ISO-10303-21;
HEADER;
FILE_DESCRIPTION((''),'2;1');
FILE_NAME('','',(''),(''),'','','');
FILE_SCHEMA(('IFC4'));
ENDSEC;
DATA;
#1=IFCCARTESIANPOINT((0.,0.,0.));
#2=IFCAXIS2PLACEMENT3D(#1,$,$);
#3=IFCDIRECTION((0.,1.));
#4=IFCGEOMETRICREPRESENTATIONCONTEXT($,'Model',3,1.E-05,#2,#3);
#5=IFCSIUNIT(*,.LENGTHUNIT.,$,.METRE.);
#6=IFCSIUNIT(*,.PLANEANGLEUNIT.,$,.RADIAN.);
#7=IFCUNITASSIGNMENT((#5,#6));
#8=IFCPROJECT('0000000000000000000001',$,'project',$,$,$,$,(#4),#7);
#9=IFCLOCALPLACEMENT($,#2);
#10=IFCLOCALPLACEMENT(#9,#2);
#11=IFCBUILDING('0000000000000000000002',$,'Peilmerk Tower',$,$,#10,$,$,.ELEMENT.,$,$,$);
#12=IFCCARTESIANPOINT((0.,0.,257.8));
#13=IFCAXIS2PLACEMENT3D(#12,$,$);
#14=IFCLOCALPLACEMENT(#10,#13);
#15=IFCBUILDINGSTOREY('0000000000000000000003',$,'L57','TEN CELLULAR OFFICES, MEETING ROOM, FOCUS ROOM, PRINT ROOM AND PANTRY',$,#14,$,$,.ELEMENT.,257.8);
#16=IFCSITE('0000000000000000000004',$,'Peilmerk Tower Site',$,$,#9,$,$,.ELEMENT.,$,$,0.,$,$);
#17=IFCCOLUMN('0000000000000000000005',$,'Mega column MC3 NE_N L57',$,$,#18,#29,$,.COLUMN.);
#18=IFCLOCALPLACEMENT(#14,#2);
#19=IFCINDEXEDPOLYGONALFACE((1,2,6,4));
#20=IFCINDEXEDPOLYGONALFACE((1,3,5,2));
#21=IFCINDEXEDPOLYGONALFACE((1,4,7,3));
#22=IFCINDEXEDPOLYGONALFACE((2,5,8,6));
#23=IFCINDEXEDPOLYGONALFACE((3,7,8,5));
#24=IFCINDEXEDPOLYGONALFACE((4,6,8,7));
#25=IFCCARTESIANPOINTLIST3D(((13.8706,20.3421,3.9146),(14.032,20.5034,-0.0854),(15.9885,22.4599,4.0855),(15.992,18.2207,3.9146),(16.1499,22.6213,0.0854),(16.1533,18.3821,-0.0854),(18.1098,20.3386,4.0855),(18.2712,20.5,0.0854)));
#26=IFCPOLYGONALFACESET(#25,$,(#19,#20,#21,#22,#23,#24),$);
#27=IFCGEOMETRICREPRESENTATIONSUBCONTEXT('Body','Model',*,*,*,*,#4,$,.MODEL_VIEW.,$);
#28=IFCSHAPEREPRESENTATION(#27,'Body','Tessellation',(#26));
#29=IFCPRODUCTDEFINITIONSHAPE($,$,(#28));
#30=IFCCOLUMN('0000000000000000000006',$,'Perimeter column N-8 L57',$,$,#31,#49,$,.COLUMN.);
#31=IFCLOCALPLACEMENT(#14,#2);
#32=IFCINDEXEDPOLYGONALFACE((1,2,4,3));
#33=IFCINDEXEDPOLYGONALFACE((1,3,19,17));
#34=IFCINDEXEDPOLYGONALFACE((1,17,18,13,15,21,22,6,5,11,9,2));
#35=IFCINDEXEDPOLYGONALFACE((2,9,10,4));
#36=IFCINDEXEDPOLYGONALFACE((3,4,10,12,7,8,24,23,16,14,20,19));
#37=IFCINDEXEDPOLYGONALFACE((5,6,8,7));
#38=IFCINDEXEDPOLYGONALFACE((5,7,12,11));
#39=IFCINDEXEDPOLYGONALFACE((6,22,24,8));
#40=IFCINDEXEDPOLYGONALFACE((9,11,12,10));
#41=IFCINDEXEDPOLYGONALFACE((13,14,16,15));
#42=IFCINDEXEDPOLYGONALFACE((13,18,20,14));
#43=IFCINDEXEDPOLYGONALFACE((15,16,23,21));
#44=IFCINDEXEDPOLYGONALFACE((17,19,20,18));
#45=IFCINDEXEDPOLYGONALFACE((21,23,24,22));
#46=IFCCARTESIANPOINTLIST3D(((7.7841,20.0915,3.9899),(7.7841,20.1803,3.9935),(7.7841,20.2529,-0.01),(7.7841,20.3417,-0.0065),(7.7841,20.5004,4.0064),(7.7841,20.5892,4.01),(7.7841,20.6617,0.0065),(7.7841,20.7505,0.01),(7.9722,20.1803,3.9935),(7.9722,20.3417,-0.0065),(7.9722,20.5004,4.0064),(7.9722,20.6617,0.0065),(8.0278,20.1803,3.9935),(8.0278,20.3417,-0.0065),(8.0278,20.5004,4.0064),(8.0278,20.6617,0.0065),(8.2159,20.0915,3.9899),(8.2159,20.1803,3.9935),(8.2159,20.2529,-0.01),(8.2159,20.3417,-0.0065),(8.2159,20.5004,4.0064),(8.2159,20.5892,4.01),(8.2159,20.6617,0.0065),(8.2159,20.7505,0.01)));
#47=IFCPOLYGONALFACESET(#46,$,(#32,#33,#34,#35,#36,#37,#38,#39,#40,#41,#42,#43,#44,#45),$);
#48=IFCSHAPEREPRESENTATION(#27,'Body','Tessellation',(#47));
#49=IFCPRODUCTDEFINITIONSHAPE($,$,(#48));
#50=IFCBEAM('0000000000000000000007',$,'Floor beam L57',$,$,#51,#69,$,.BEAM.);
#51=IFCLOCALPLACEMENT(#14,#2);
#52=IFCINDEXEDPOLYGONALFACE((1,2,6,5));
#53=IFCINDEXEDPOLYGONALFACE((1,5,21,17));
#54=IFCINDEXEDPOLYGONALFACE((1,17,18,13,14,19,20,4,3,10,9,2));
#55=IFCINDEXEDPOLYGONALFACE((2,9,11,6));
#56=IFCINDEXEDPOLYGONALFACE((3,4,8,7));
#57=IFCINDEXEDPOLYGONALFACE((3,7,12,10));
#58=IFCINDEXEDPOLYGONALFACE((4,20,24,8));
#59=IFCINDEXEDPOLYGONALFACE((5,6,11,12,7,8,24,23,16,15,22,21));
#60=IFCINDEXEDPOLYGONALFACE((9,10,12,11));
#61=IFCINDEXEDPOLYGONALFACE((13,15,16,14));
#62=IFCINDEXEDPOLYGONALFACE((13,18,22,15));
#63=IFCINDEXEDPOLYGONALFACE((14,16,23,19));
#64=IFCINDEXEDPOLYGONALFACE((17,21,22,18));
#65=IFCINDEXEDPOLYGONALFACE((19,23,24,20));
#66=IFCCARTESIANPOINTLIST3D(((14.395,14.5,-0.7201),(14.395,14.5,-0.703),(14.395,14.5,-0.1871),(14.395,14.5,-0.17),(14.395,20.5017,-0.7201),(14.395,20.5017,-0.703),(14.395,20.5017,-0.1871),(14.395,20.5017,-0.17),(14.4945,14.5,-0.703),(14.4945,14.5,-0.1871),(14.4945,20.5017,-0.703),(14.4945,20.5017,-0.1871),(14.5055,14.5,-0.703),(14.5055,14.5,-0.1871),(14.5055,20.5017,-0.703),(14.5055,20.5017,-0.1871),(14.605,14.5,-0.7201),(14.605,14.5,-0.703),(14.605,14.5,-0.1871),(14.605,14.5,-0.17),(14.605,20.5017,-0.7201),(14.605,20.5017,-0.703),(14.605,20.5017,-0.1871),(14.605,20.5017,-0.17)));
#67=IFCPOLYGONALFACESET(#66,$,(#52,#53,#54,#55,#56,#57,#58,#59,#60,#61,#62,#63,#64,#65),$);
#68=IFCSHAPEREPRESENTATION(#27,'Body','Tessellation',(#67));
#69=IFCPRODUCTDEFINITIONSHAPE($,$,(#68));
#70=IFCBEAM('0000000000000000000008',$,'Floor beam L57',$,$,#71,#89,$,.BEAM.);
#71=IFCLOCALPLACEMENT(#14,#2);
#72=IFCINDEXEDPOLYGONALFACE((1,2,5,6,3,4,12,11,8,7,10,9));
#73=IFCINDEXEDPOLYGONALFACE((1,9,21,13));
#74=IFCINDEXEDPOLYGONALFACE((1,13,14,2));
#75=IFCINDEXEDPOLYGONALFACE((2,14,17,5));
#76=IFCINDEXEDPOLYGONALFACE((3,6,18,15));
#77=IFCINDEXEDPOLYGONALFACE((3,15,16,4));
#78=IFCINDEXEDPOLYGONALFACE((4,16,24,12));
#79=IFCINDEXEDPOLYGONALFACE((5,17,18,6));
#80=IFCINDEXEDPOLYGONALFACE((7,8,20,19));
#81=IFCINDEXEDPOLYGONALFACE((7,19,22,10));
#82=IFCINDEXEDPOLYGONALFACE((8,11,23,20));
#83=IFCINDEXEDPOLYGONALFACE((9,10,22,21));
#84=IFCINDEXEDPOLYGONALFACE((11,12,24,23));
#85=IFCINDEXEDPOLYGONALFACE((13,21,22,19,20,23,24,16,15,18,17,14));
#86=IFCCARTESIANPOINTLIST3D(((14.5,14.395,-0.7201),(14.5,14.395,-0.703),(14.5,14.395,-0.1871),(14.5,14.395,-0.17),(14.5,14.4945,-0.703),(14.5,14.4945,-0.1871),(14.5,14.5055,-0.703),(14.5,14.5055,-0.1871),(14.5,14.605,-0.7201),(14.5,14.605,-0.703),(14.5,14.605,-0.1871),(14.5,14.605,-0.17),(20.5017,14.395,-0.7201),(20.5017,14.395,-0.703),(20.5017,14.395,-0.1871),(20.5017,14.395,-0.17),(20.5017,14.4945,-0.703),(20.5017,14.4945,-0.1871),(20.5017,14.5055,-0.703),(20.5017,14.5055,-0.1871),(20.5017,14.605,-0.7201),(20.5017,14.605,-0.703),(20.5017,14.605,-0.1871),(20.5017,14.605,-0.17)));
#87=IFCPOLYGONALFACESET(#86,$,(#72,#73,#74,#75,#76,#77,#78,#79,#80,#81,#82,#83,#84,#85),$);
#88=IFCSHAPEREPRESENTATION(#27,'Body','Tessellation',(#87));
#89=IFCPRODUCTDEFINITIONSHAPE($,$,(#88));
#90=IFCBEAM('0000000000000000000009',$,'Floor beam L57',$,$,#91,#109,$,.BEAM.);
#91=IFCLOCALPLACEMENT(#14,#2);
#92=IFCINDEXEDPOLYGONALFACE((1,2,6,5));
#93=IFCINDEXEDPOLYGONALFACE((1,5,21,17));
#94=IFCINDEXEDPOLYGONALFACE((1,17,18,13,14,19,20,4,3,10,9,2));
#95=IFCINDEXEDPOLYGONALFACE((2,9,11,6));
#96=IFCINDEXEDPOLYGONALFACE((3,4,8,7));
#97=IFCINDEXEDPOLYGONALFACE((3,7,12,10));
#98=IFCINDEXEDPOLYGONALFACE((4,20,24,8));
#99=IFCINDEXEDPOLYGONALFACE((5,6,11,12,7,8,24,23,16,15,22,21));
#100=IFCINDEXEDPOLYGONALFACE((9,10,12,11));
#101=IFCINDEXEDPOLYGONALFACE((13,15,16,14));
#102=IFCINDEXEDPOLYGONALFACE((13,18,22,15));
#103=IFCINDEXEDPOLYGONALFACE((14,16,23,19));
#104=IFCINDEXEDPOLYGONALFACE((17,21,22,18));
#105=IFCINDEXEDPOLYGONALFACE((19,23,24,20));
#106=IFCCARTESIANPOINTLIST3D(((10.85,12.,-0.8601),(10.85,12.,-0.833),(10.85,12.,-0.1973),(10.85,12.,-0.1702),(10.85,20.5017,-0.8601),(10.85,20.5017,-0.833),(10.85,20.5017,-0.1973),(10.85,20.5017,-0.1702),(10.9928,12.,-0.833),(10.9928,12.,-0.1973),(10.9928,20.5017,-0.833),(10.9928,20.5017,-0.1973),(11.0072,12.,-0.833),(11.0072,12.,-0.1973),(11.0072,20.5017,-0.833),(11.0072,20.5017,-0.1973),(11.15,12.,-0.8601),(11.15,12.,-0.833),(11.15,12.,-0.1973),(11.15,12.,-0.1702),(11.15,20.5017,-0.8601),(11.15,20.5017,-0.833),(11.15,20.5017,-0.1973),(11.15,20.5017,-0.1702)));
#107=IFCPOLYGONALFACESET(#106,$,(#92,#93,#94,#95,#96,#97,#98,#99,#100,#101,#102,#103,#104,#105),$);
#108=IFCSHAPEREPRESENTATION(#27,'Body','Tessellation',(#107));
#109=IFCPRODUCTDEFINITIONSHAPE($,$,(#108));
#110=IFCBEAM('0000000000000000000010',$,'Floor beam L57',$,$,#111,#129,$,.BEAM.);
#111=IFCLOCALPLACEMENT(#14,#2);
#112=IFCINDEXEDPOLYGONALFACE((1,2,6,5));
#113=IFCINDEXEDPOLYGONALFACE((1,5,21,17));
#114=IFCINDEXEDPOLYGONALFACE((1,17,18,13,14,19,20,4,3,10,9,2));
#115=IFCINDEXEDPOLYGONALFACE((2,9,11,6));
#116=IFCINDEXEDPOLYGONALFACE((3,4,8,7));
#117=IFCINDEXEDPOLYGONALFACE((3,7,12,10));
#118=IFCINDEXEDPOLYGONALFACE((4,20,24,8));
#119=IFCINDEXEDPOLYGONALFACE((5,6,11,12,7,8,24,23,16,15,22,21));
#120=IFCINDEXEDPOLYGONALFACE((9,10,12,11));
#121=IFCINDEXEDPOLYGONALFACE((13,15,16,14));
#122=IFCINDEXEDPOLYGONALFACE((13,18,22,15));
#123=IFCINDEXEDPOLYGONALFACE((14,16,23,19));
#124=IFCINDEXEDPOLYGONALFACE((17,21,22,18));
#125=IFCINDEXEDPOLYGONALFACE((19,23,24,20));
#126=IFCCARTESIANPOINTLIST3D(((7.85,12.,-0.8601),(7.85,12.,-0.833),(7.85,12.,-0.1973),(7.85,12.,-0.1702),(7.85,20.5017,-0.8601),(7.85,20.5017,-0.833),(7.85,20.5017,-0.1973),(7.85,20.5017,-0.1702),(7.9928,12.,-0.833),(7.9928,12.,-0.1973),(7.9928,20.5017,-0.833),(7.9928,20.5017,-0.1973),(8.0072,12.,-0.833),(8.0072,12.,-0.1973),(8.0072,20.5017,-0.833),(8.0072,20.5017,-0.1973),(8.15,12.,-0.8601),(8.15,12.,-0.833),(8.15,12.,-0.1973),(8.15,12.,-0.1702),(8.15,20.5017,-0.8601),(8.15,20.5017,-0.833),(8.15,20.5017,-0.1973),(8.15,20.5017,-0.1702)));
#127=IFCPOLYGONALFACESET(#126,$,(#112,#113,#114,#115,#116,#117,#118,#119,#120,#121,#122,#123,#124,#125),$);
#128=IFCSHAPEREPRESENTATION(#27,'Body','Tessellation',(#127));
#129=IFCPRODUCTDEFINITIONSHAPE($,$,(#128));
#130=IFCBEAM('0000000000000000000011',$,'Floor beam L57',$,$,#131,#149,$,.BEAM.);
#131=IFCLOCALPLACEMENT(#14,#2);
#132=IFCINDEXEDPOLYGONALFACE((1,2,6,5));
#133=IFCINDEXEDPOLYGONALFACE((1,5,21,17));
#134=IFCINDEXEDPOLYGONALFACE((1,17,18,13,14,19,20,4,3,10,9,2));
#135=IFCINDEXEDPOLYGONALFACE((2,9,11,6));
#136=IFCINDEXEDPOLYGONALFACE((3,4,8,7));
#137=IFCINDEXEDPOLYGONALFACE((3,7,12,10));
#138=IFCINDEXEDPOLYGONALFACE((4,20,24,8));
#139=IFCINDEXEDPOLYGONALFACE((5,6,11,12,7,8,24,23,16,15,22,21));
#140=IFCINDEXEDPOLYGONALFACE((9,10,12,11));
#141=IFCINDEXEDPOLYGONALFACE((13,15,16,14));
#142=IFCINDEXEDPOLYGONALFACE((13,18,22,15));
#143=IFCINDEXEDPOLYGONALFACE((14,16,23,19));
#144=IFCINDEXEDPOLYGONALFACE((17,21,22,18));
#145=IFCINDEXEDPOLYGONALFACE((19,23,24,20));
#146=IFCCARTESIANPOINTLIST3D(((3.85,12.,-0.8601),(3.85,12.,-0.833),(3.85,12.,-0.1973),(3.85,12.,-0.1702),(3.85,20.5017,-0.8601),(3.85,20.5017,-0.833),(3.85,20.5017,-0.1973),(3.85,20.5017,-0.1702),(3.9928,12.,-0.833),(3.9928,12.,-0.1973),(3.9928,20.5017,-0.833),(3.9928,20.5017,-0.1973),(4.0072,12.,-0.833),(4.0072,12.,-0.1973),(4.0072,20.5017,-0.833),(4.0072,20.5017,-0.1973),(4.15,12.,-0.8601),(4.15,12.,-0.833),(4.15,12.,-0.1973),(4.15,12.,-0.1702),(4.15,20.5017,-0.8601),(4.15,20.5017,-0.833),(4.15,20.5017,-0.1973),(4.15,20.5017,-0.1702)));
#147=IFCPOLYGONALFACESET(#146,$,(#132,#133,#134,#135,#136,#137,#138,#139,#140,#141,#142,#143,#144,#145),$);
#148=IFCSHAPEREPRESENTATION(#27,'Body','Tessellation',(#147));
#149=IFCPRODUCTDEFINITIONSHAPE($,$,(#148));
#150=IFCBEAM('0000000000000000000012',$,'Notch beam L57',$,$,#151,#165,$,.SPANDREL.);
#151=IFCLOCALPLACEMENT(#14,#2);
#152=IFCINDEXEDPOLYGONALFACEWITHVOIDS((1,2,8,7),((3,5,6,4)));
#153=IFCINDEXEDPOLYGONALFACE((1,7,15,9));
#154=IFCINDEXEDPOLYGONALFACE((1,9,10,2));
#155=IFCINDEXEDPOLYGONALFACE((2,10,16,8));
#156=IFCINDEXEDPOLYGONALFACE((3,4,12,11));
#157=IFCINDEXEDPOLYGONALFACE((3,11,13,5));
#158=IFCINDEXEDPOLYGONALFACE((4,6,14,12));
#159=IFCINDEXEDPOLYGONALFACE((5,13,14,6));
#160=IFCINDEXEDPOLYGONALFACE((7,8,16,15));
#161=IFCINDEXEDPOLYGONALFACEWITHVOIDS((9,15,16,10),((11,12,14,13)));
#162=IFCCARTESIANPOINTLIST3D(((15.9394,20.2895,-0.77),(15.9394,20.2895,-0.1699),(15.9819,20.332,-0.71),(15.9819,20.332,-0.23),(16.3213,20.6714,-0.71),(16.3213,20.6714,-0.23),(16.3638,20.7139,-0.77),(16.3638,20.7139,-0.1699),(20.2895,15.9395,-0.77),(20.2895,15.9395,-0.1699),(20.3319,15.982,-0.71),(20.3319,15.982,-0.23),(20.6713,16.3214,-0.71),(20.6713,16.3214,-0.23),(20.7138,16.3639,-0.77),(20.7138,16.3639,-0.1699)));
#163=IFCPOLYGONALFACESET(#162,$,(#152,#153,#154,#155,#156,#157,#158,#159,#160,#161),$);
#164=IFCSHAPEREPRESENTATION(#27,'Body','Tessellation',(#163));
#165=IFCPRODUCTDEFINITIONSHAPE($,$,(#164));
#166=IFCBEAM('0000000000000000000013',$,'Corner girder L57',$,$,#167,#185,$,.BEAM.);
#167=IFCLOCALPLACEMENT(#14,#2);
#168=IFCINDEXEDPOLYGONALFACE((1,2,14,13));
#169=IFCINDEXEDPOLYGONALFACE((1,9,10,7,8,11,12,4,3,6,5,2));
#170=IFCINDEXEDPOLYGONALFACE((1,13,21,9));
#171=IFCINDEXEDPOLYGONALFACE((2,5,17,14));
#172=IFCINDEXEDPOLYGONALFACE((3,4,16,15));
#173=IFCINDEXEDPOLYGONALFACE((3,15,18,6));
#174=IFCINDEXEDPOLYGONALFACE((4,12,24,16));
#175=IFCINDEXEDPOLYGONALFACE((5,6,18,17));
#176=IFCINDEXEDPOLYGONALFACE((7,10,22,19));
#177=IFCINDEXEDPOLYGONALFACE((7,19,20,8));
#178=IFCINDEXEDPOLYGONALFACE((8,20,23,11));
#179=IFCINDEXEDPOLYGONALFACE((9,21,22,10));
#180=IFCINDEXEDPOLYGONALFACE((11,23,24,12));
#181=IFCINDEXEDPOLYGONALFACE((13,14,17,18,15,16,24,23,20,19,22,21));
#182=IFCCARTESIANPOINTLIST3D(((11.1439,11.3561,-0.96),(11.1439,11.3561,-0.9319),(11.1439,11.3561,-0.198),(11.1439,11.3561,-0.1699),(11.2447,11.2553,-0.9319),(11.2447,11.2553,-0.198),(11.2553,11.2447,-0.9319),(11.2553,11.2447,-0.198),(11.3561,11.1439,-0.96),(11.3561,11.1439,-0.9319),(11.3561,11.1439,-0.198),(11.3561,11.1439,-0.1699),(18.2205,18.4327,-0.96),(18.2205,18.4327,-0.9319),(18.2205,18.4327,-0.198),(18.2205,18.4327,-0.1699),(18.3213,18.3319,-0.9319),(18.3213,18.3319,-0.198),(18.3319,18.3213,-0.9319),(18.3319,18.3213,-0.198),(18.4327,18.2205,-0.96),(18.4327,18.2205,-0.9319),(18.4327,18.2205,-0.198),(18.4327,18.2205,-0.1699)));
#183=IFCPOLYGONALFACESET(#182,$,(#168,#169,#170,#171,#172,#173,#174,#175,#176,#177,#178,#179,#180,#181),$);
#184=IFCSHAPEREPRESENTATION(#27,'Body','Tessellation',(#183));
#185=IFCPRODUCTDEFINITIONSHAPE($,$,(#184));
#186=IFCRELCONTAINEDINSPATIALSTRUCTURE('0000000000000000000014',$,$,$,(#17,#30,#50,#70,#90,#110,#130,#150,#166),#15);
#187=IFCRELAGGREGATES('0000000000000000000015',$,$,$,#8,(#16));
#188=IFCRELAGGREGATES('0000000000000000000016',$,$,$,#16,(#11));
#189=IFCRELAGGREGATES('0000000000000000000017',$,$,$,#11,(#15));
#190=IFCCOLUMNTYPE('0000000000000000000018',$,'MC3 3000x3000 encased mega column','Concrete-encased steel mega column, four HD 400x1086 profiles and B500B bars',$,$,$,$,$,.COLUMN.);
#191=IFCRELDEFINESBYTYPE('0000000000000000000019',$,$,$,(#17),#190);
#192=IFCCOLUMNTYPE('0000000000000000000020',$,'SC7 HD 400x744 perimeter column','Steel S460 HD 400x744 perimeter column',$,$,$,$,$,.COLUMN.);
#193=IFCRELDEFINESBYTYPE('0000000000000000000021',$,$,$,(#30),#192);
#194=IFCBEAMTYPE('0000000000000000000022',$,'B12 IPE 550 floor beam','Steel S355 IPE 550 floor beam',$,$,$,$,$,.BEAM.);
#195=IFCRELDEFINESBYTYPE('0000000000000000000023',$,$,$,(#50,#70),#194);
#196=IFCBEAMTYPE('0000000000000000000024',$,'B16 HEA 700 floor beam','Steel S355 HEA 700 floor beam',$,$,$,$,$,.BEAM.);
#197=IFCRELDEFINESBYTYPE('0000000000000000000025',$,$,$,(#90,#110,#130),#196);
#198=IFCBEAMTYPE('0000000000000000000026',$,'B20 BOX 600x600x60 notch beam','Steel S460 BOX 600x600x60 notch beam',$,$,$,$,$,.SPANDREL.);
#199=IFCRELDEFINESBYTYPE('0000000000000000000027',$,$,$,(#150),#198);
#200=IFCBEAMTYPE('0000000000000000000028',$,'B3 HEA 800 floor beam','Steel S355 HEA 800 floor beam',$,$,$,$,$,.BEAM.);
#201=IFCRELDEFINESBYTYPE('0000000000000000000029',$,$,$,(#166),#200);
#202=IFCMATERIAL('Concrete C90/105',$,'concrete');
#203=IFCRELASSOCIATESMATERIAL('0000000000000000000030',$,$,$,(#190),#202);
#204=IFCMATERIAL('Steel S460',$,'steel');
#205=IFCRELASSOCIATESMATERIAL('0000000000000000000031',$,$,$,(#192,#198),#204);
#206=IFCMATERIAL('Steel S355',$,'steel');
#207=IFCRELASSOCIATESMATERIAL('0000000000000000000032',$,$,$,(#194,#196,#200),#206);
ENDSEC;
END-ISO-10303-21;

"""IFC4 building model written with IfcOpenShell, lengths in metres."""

from ifc_helpers import new_model, si_unit, direction, frame, origin, origin_2d, place, context, subcontext, project, spatial, rectangle, hollow_rectangle, i_section, extrude, material, material_profile, profile_set, type_object, element, save


model = new_model("IFC4")

# Units and contexts
model_context = context("Model", 3, precision=1e-05, world=origin(), true_north=direction((0.0, 1.0)))
body_context = subcontext(model_context, "Body", "Model", "MODEL_VIEW")
ifc_project = project(units=[si_unit("LENGTHUNIT", "METRE"), si_unit("PLANEANGLEUNIT", "RADIAN")], contexts=[model_context])

# Site, building, storey
site_placement = place(None, origin())
site = spatial("IfcSite", under=ifc_project, at=site_placement, Name="Peilmerk Tower Site", CompositionType="ELEMENT", RefElevation=0.0)
building_placement = place(site_placement, origin())
building = spatial("IfcBuilding", under=site, at=building_placement, Name="Peilmerk Tower", CompositionType="ELEMENT")
storey_placement = place(building_placement, frame((0.0, 0.0, 257.8)))
storey = spatial("IfcBuildingStorey", under=building, at=storey_placement, Name="L57", Description="TEN CELLULAR OFFICES, MEETING ROOM, FOCUS ROOM, PRINT ROOM AND PANTRY", CompositionType="ELEMENT", Elevation=257.8)

# Columns
ifc_material_1 = material(Name="Concrete C90/105", Category="concrete")
ifc_material_profile_1 = material_profile(ifc_material_1, rectangle(XDim=3.0, YDim=3.0, at=origin_2d()), Name="RC 3000x3000")
ifc_profile_set_1 = profile_set([ifc_material_profile_1], Name="Concrete C90/105")
column_type_1 = type_object("IfcColumnType", Name="MC3 3000x3000 encased mega column", Description="Concrete-encased steel mega column, four HD 400x1086 profiles and B500B bars", PredefinedType="COLUMN", material=ifc_profile_set_1)
column_1_placement = place(storey_placement, frame((16.1516, 20.5017, 0.0), z_axis=(-0.040279, -0.040279, 0.998376), x_axis=(0.707107, -0.707107, 0.0)))
element("IfcColumn", 1, at=column_1_placement, inside=storey, type_object=column_type_1, Name="Mega column MC3 NE_N L57", PredefinedType="COLUMN", context=body_context, shape_type="SweptSolid", body=[
    extrude(rectangle(XDim=3.0, YDim=3.0, at=origin_2d()), origin(), (0.0, 0.0, 1.0), 4.0066),
])
ifc_material_2 = material(Name="Steel S460", Category="steel")
ifc_material_profile_2 = material_profile(ifc_material_2, i_section(OverallWidth=0.4319, OverallDepth=0.498, WebThickness=0.0557, FlangeThickness=0.0889, at=origin_2d()), Name="HD 400x744")
ifc_profile_set_2 = profile_set([ifc_material_profile_2], Name="Steel S460")
column_type_2 = type_object("IfcColumnType", Name="SC7 HD 400x744 perimeter column", Description="Steel S460 HD 400x744 perimeter column", PredefinedType="COLUMN", material=ifc_profile_set_2)
column_2_placement = place(storey_placement, frame((8.0, 20.5017, 0.0), z_axis=(0.0, -0.040311, 0.999187), x_axis=(1.0, 0.0, 0.0)))
element("IfcColumn", 2, at=column_2_placement, inside=storey, type_object=column_type_2, Name="Perimeter column N-8 L57", PredefinedType="COLUMN", context=body_context, shape_type="SweptSolid", body=[
    extrude(i_section(OverallWidth=0.4319, OverallDepth=0.498, WebThickness=0.0557, FlangeThickness=0.0889, at=origin_2d()), origin(), (0.0, 0.0, 1.0), 4.0032),
])

# Beams
ifc_material_3 = material(Name="Steel S355", Category="steel")
ifc_material_profile_3 = material_profile(ifc_material_3, i_section(OverallWidth=0.21, OverallDepth=0.55, WebThickness=0.011, FlangeThickness=0.0171, at=origin_2d()), Name="IPE 550")
ifc_profile_set_3 = profile_set([ifc_material_profile_3], Name="Steel S355")
beam_type_1 = type_object("IfcBeamType", Name="B12 IPE 550 floor beam", Description="Steel S355 IPE 550 floor beam", PredefinedType="BEAM", material=ifc_profile_set_3)
for number, where, z_axis, x_axis, name in (
    (3, (14.5, 14.5, -0.4451), (0.0, 1.0, 0.0), (-1.0, 0.0, 0.0), "Floor beam L57"),
    (4, (14.5, 14.5, -0.4451), (1.0, 0.0, 0.0), (0.0, 1.0, 0.0), "Floor beam L57"),
):
    element("IfcBeam", number, at=place(storey_placement, frame(where, z_axis=z_axis, x_axis=x_axis)), inside=storey, type_object=beam_type_1, Name=name, PredefinedType="BEAM", context=body_context, shape_type="SweptSolid", body=[
        extrude(i_section(OverallWidth=0.21, OverallDepth=0.55, WebThickness=0.011, FlangeThickness=0.0171, at=origin_2d()), origin(), (0.0, 0.0, 1.0), 6.0017),
    ])
ifc_material_profile_4 = material_profile(ifc_material_3, i_section(OverallWidth=0.3, OverallDepth=0.6899, WebThickness=0.0144, FlangeThickness=0.0271, at=origin_2d()), Name="HEA 700")
ifc_profile_set_4 = profile_set([ifc_material_profile_4], Name="Steel S355")
beam_type_2 = type_object("IfcBeamType", Name="B16 HEA 700 floor beam", Description="Steel S355 HEA 700 floor beam", PredefinedType="BEAM", material=ifc_profile_set_4)
for number, where, z_axis, x_axis, name in (
    (5, (11.0, 12.0, -0.5151), (0.0, 1.0, 0.0), (-1.0, 0.0, 0.0), "Floor beam L57"),
    (6, (8.0, 12.0, -0.5151), (0.0, 1.0, 0.0), (-1.0, 0.0, 0.0), "Floor beam L57"),
    (7, (4.0, 12.0, -0.5151), (0.0, 1.0, 0.0), (-1.0, 0.0, 0.0), "Floor beam L57"),
):
    element("IfcBeam", number, at=place(storey_placement, frame(where, z_axis=z_axis, x_axis=x_axis)), inside=storey, type_object=beam_type_2, Name=name, PredefinedType="BEAM", context=body_context, shape_type="SweptSolid", body=[
        extrude(i_section(OverallWidth=0.3, OverallDepth=0.6899, WebThickness=0.0144, FlangeThickness=0.0271, at=origin_2d()), origin(), (0.0, 0.0, 1.0), 8.5017),
    ])
ifc_material_profile_5 = material_profile(ifc_material_2, hollow_rectangle(XDim=0.6001, YDim=0.6001, WallThickness=0.0601, at=origin_2d()), Name="BOX 600x600x60")
ifc_profile_set_5 = profile_set([ifc_material_profile_5], Name="Steel S460")
beam_type_3 = type_object("IfcBeamType", Name="B20 BOX 600x600x60 notch beam", Description="Steel S460 BOX 600x600x60 notch beam", PredefinedType="SPANDREL", material=ifc_profile_set_5)
beam_1_placement = place(storey_placement, frame((16.1516, 20.5017, -0.47), z_axis=(0.707107, -0.707107, 0.0), x_axis=(0.707107, 0.707107, 0.0)))
element("IfcBeam", 8, at=beam_1_placement, inside=storey, type_object=beam_type_3, Name="Notch beam L57", PredefinedType="SPANDREL", context=body_context, shape_type="SweptSolid", body=[
    extrude(hollow_rectangle(XDim=0.6001, YDim=0.6001, WallThickness=0.0601, at=origin_2d()), origin(), (0.0, 0.0, 1.0), 6.1519),
])
ifc_material_profile_6 = material_profile(ifc_material_3, i_section(OverallWidth=0.3, OverallDepth=0.79, WebThickness=0.0149, FlangeThickness=0.0281, at=origin_2d()), Name="HEA 800")
ifc_profile_set_6 = profile_set([ifc_material_profile_6], Name="Steel S355")
beam_type_4 = type_object("IfcBeamType", Name="B3 HEA 800 floor beam", Description="Steel S355 HEA 800 floor beam", PredefinedType="BEAM", material=ifc_profile_set_6)
beam_2_placement = place(storey_placement, frame((11.25, 11.25, -0.5649), z_axis=(0.707107, 0.707107, 0.0), x_axis=(-0.707107, 0.707107, 0.0)))
element("IfcBeam", 9, at=beam_2_placement, inside=storey, type_object=beam_type_4, Name="Corner girder L57", PredefinedType="BEAM", context=body_context, shape_type="SweptSolid", body=[
    extrude(i_section(OverallWidth=0.3, OverallDepth=0.79, WebThickness=0.0149, FlangeThickness=0.0281, at=origin_2d()), origin(), (0.0, 0.0, 1.0), 10.0078),
])

save(model, "model.ifc")
